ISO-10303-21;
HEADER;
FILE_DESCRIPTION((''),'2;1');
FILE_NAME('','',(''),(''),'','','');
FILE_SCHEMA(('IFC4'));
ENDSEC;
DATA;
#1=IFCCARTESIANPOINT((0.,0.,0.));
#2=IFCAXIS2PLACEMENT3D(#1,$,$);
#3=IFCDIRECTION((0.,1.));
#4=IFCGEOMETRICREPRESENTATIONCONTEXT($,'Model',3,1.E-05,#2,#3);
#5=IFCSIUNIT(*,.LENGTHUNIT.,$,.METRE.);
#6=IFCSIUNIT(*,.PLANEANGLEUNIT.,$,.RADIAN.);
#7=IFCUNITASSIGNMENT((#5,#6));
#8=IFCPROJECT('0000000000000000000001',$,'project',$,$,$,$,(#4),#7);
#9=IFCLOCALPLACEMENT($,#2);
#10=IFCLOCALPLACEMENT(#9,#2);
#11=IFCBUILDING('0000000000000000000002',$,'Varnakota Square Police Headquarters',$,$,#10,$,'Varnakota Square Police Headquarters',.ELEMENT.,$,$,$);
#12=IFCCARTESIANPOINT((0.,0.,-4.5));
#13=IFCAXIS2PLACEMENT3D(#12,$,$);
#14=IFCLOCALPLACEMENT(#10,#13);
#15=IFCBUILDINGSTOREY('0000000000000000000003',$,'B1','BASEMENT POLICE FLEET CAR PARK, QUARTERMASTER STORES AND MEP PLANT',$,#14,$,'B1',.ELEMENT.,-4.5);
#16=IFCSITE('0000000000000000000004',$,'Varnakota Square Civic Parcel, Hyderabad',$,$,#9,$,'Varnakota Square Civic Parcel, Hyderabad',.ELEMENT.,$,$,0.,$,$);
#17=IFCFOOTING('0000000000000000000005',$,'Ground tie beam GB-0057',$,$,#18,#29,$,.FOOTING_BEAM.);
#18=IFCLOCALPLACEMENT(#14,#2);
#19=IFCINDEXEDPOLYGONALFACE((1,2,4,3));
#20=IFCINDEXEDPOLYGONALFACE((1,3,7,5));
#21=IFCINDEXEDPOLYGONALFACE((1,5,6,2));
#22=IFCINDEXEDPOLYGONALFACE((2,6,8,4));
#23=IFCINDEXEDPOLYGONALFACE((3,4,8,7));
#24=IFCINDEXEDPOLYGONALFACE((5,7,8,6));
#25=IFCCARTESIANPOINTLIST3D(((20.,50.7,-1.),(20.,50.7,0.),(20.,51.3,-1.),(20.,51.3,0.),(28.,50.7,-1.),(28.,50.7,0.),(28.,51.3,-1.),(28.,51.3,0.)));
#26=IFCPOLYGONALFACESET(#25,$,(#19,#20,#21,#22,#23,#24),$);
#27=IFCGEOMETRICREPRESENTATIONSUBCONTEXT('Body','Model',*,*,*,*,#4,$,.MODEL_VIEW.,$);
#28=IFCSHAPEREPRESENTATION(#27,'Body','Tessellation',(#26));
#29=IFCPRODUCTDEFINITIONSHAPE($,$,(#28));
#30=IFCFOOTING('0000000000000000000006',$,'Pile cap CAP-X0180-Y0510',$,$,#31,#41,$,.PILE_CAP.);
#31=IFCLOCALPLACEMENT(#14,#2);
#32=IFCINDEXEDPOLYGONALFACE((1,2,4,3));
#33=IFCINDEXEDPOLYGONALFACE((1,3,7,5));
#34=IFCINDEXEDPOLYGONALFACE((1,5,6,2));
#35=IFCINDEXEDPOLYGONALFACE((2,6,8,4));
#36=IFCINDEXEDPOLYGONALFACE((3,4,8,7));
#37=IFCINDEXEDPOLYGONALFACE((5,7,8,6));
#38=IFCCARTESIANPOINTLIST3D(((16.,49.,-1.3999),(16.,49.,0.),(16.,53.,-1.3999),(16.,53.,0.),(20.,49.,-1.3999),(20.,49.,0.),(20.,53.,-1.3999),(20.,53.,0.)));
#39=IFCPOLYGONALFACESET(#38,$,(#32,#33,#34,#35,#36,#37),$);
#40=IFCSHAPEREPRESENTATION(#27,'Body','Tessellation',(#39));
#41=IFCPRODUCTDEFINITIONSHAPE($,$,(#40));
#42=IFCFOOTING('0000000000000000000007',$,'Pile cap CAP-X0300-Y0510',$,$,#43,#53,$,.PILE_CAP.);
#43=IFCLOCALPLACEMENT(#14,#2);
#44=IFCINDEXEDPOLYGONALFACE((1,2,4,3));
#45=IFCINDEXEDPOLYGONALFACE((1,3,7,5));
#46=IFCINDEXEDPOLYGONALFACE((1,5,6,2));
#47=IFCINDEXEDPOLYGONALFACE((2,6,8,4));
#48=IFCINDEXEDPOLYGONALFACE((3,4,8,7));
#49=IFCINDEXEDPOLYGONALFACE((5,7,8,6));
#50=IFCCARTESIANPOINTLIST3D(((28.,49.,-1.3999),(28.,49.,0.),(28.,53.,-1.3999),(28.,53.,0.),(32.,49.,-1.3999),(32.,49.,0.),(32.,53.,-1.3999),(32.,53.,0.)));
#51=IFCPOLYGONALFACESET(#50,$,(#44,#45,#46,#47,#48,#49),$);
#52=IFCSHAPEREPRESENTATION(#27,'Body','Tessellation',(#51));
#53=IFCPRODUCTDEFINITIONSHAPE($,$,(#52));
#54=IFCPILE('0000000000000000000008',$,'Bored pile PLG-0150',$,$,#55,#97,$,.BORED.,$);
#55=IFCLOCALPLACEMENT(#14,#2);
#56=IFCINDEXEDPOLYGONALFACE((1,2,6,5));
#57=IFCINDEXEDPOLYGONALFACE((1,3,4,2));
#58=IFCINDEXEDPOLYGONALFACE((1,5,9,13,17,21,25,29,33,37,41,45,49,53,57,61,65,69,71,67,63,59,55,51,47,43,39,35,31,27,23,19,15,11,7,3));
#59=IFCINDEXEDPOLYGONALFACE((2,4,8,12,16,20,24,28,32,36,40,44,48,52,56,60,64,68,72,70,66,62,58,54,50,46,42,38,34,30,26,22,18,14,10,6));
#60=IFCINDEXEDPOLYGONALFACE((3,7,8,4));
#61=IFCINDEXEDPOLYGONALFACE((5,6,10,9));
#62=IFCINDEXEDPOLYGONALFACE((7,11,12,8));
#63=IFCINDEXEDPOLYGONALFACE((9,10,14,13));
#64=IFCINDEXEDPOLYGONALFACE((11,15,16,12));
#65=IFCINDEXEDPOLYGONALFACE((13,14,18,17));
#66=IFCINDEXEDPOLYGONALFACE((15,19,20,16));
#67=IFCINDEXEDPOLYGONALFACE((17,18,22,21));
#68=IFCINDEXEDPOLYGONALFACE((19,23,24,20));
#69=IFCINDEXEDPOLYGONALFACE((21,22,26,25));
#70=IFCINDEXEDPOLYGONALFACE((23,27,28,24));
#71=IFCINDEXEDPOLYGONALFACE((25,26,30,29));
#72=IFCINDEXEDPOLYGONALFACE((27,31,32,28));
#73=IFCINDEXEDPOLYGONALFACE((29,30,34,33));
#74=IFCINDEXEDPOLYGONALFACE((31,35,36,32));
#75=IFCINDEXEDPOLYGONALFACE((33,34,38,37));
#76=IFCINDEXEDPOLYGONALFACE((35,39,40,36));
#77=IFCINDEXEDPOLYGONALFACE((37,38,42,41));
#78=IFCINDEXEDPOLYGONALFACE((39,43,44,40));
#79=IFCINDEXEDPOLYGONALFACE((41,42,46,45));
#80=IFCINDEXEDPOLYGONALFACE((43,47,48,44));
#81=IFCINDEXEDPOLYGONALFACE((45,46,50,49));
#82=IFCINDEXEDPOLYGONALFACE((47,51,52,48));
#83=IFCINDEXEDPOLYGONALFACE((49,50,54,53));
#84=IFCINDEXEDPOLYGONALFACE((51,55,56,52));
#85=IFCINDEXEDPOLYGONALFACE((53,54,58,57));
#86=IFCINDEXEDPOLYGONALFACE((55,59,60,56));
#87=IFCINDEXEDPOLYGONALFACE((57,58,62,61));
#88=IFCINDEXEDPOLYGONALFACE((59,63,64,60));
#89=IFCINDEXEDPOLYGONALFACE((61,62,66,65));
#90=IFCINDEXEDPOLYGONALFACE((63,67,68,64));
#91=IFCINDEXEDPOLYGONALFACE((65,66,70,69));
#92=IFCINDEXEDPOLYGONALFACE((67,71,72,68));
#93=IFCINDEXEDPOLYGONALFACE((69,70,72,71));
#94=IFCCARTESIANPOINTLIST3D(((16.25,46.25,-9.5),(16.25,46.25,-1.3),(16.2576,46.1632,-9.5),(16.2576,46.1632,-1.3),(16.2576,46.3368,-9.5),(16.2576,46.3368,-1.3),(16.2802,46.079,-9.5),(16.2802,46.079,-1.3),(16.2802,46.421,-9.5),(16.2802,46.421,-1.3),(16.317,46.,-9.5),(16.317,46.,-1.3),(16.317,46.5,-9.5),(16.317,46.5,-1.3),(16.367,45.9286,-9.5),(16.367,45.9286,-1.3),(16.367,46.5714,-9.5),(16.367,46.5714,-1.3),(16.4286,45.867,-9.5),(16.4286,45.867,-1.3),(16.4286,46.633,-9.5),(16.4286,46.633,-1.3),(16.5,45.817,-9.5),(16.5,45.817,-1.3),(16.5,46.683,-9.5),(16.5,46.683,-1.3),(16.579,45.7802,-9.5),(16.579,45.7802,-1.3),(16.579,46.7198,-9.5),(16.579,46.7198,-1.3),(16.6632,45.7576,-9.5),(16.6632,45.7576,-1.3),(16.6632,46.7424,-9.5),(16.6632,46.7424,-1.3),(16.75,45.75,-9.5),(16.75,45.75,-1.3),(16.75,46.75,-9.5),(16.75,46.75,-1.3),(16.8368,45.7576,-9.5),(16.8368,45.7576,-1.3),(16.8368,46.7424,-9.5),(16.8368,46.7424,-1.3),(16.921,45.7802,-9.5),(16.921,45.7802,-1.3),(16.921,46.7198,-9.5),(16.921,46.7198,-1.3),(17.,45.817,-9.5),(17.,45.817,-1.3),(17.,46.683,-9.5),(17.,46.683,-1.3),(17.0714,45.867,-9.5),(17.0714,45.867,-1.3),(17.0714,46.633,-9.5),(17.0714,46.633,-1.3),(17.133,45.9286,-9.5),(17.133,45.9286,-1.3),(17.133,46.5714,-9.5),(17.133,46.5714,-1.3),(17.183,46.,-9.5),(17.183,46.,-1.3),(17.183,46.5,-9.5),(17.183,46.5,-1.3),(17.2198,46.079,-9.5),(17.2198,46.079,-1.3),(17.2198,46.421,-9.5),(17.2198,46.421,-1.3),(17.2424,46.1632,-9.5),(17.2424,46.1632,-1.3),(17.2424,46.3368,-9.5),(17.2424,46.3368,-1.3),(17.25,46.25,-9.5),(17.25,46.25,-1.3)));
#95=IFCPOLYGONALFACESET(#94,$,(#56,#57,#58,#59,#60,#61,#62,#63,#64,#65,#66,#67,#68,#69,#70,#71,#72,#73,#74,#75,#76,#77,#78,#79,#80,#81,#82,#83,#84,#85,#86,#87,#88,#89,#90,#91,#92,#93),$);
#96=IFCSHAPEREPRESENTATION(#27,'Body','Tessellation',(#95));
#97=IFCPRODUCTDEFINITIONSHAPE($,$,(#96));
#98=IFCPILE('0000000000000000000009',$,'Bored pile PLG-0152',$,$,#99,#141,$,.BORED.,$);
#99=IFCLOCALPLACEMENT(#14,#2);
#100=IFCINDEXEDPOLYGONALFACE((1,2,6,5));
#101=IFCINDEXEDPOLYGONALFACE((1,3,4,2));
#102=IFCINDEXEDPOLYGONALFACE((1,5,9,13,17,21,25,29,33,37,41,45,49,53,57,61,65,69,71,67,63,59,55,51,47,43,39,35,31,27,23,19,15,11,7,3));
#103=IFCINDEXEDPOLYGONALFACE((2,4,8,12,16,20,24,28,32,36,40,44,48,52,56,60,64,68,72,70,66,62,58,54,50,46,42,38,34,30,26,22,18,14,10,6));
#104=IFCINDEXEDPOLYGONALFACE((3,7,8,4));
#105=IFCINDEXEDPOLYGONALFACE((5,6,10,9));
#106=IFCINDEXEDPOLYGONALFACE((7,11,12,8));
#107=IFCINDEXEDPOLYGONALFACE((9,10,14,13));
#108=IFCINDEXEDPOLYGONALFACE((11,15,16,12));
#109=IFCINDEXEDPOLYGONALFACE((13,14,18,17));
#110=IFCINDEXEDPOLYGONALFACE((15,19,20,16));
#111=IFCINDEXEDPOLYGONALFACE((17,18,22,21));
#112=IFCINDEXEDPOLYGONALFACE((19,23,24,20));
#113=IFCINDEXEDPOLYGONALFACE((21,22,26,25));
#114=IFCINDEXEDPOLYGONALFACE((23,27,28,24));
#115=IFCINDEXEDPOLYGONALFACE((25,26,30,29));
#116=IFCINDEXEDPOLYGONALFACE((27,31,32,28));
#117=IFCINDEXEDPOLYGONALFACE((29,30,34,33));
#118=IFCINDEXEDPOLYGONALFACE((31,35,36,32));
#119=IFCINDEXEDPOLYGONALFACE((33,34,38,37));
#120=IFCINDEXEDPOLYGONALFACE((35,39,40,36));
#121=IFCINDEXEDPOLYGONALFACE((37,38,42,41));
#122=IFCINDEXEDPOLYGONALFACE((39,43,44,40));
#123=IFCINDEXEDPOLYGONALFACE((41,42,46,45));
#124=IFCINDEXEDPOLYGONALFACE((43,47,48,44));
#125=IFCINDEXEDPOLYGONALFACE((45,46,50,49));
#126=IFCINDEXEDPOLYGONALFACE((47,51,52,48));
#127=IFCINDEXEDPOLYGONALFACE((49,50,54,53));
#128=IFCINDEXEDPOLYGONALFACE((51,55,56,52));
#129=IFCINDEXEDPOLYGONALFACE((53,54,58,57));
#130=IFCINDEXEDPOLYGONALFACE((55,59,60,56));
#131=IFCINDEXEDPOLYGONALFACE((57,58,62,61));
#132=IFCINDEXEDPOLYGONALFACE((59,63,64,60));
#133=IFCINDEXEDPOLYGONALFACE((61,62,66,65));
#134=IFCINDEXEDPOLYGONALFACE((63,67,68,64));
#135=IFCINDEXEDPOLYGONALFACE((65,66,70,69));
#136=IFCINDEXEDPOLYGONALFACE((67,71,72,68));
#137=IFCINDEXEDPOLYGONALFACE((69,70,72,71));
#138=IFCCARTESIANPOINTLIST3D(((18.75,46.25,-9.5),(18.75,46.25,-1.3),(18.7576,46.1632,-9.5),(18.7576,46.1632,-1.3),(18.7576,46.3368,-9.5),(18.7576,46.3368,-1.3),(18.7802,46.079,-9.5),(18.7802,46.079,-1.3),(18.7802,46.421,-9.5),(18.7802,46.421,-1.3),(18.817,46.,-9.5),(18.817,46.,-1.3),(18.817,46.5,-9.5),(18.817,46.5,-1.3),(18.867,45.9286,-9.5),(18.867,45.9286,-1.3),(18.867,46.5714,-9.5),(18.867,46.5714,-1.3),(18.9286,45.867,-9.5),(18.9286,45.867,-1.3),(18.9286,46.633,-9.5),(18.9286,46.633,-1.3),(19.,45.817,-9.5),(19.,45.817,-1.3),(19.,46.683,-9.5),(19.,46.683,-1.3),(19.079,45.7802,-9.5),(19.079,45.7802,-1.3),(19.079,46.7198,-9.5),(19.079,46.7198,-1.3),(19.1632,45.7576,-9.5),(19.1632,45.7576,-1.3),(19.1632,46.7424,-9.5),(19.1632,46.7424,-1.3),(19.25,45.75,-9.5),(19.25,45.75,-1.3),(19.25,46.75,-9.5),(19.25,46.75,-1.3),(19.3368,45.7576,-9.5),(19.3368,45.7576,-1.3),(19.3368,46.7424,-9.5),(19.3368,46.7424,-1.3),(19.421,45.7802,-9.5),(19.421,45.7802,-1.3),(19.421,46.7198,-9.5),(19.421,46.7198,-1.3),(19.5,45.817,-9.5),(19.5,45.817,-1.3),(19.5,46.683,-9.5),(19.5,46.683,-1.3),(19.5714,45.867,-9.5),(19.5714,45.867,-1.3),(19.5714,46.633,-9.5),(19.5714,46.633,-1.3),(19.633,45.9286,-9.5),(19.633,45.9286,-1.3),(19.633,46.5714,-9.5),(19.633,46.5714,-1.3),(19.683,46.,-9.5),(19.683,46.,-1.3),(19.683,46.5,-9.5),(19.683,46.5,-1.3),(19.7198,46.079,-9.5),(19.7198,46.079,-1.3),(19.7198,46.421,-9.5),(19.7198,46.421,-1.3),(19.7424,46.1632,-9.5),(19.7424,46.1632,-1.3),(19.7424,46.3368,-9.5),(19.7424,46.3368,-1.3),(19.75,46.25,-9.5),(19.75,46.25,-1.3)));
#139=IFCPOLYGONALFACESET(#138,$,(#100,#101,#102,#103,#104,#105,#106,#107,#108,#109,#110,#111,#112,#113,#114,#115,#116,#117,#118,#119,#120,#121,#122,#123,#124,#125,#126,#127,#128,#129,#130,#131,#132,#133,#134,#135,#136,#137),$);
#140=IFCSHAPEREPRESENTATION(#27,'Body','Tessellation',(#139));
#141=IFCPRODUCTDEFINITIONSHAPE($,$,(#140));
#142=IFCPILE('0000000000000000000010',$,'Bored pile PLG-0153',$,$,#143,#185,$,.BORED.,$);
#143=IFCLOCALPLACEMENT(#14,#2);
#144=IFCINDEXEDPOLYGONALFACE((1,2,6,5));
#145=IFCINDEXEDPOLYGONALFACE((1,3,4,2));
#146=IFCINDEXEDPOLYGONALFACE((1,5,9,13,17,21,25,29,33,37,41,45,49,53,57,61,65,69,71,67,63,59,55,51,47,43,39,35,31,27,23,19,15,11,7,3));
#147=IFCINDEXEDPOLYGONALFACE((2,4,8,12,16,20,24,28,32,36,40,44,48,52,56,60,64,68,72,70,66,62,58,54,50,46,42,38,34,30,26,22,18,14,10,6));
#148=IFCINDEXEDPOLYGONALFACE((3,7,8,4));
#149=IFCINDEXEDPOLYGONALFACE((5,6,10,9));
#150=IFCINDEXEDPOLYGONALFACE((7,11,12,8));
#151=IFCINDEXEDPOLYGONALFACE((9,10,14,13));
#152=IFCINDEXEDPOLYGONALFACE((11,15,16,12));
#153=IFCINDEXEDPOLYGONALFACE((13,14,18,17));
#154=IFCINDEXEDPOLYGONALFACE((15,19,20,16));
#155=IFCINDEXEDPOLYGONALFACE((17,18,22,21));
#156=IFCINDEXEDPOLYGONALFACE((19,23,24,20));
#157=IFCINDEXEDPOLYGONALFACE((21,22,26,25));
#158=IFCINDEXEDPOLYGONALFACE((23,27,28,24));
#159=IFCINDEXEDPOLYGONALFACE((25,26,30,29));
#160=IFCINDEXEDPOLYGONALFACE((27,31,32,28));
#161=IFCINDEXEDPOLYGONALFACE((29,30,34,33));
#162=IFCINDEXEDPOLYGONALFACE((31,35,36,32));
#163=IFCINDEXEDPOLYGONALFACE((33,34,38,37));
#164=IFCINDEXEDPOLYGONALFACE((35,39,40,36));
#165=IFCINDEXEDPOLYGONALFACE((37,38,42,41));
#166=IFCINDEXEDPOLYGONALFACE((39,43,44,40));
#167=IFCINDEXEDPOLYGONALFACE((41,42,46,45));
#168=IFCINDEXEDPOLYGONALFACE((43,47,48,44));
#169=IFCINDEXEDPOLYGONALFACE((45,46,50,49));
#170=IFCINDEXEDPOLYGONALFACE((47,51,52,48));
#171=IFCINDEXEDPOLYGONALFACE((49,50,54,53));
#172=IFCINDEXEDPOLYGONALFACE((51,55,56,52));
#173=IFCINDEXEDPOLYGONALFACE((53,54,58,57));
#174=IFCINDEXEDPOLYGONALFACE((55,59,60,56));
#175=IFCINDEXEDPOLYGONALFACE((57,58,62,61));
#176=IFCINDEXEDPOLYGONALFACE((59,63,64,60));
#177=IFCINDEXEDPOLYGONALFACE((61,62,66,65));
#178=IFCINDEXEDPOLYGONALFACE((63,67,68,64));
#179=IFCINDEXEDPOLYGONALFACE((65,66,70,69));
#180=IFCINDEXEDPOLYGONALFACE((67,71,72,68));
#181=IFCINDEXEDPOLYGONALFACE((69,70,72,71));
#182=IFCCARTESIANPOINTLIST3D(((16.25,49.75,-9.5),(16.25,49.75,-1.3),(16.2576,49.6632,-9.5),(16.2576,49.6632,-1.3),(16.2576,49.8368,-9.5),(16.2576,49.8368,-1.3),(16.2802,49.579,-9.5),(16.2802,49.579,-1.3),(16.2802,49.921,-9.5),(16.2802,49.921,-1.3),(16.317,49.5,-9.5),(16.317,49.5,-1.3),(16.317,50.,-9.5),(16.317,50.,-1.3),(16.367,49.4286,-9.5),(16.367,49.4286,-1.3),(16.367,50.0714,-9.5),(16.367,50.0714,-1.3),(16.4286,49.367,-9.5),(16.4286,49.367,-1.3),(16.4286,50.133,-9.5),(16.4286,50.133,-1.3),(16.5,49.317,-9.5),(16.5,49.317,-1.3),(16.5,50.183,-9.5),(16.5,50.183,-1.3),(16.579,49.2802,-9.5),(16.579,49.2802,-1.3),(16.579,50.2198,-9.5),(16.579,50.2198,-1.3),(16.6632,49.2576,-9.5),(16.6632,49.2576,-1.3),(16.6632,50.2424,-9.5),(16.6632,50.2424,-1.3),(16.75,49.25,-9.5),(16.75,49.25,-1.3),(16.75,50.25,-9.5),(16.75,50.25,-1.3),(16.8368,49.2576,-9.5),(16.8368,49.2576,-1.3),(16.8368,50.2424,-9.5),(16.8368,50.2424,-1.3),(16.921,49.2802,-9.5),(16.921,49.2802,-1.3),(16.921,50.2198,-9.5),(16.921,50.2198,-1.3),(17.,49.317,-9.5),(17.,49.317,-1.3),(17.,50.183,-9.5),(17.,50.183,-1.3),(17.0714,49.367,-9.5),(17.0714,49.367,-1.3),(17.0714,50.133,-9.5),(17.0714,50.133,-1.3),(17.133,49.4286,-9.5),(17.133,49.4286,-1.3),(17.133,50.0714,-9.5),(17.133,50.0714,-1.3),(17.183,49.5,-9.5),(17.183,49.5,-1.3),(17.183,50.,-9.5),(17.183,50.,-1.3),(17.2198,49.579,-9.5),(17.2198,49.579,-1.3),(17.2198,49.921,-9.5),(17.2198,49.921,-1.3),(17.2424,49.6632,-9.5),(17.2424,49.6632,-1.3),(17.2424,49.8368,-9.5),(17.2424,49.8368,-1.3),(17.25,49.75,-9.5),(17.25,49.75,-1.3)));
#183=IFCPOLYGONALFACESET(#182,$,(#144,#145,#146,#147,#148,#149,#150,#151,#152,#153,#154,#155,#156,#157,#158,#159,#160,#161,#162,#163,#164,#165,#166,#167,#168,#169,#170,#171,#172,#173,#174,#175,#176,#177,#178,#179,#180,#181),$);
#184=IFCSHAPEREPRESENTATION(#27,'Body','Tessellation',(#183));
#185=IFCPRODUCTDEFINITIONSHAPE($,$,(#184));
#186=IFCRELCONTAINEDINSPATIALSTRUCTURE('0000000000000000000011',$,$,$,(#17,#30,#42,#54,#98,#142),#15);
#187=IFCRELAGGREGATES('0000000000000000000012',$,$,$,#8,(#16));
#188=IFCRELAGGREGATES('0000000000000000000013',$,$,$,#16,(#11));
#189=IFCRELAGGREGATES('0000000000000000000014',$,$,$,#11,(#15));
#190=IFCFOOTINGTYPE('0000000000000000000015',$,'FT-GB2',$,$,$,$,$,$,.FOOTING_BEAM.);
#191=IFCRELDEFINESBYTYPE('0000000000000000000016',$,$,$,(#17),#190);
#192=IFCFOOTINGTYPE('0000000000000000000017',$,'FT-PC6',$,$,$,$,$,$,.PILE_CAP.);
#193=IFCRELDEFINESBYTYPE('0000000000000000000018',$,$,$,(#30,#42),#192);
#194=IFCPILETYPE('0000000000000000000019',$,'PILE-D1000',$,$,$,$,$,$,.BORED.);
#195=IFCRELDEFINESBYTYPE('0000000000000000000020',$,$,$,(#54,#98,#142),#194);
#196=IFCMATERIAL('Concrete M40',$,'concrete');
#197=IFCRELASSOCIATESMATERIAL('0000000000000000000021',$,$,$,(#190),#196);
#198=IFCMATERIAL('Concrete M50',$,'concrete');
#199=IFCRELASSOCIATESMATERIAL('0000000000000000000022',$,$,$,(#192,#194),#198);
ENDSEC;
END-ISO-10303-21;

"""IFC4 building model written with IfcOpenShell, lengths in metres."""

from ifc_helpers import new_model, si_unit, direction, frame, origin, origin_2d, place, context, subcontext, project, spatial, rectangle, circle, extrude, material, material_profile, profile_set, type_object, element, save


model = new_model("IFC4")

# Units and contexts
model_context = context("Model", 3, precision=1e-05, world=origin(), true_north=direction((0.0, 1.0)))
body_context = subcontext(model_context, "Body", "Model", "MODEL_VIEW")
ifc_project = project(units=[si_unit("LENGTHUNIT", "METRE"), si_unit("PLANEANGLEUNIT", "RADIAN")], contexts=[model_context])

# Site, building, storey
site_placement = place(None, origin())
site = spatial("IfcSite", under=ifc_project, at=site_placement, Name="Varnakota Square Civic Parcel, Hyderabad", LongName="Varnakota Square Civic Parcel, Hyderabad", CompositionType="ELEMENT", RefElevation=0.0)
building_placement = place(site_placement, origin())
building = spatial("IfcBuilding", under=site, at=building_placement, Name="Varnakota Square Police Headquarters", LongName="Varnakota Square Police Headquarters", CompositionType="ELEMENT")
storey_placement = place(building_placement, frame((0.0, 0.0, -4.5)))
storey = spatial("IfcBuildingStorey", under=building, at=storey_placement, Name="B1", Description="BASEMENT POLICE FLEET CAR PARK, QUARTERMASTER STORES AND MEP PLANT", LongName="B1", CompositionType="ELEMENT", Elevation=-4.5)

# Footings
ifc_material_1 = material(Name="Concrete M40", Category="concrete")
ifc_material_profile_1 = material_profile(ifc_material_1, rectangle(XDim=0.6001, YDim=1.0, at=origin_2d()), Name="GB 600x1000")
ifc_profile_set_1 = profile_set([ifc_material_profile_1], Name="Concrete M40")
footing_type_1 = type_object("IfcFootingType", Name="FT-GB2", PredefinedType="FOOTING_BEAM", material=ifc_profile_set_1)
footing_placement = place(storey_placement, frame((20.0, 51.0, -0.5), z_axis=(1.0, 0.0, 0.0), x_axis=(0.0, 1.0, 0.0)))
element("IfcFooting", 1, at=footing_placement, inside=storey, type_object=footing_type_1, Name="Ground tie beam GB-0057", PredefinedType="FOOTING_BEAM", context=body_context, shape_type="SweptSolid", body=[
    extrude(rectangle(XDim=0.6001, YDim=1.0, at=origin_2d()), origin(), (0.0, 0.0, 1.0), 8.0),
])
ifc_material_2 = material(Name="Concrete M50", Category="concrete")
footing_type_2 = type_object("IfcFootingType", Name="FT-PC6", PredefinedType="PILE_CAP", material=ifc_material_2)
for number, where, z_axis, x_axis, name in (
    (2, (18.0, 51.0, -1.3999), (0.0, 0.0, 1.0), (1.0, 0.0, 0.0), "Pile cap CAP-X0180-Y0510"),
    (3, (30.0, 51.0, -1.3999), (0.0, 0.0, 1.0), (1.0, 0.0, 0.0), "Pile cap CAP-X0300-Y0510"),
):
    element("IfcFooting", number, at=place(storey_placement, frame(where, z_axis=z_axis, x_axis=x_axis)), inside=storey, type_object=footing_type_2, Name=name, PredefinedType="PILE_CAP", context=body_context, shape_type="SweptSolid", body=[
        extrude(rectangle(XDim=4.0, YDim=4.0, at=origin_2d()), origin(), (0.0, 0.0, 1.0), 1.3999),
    ])

# Piles
ifc_material_profile_2 = material_profile(ifc_material_2, circle(Radius=0.5, at=origin_2d()), Name="BORED PILE 1000")
ifc_profile_set_2 = profile_set([ifc_material_profile_2], Name="Concrete M50")
pile_type = type_object("IfcPileType", Name="PILE-D1000", PredefinedType="BORED", material=ifc_profile_set_2)
for number, where, z_axis, x_axis, name in (
    (4, (16.75, 46.25, -1.3), (0.0, 0.0, -1.0), (1.0, 0.0, 0.0), "Bored pile PLG-0150"),
    (5, (19.25, 46.25, -1.3), (0.0, 0.0, -1.0), (1.0, 0.0, 0.0), "Bored pile PLG-0152"),
    (6, (16.75, 49.75, -1.3), (0.0, 0.0, -1.0), (1.0, 0.0, 0.0), "Bored pile PLG-0153"),
):
    element("IfcPile", number, at=place(storey_placement, frame(where, z_axis=z_axis, x_axis=x_axis)), inside=storey, type_object=pile_type, Name=name, PredefinedType="BORED", context=body_context, shape_type="SweptSolid", body=[
        extrude(circle(Radius=0.5, at=origin_2d()), origin(), (0.0, 0.0, 1.0), 8.2),
    ])

save(model, "model.ifc")
